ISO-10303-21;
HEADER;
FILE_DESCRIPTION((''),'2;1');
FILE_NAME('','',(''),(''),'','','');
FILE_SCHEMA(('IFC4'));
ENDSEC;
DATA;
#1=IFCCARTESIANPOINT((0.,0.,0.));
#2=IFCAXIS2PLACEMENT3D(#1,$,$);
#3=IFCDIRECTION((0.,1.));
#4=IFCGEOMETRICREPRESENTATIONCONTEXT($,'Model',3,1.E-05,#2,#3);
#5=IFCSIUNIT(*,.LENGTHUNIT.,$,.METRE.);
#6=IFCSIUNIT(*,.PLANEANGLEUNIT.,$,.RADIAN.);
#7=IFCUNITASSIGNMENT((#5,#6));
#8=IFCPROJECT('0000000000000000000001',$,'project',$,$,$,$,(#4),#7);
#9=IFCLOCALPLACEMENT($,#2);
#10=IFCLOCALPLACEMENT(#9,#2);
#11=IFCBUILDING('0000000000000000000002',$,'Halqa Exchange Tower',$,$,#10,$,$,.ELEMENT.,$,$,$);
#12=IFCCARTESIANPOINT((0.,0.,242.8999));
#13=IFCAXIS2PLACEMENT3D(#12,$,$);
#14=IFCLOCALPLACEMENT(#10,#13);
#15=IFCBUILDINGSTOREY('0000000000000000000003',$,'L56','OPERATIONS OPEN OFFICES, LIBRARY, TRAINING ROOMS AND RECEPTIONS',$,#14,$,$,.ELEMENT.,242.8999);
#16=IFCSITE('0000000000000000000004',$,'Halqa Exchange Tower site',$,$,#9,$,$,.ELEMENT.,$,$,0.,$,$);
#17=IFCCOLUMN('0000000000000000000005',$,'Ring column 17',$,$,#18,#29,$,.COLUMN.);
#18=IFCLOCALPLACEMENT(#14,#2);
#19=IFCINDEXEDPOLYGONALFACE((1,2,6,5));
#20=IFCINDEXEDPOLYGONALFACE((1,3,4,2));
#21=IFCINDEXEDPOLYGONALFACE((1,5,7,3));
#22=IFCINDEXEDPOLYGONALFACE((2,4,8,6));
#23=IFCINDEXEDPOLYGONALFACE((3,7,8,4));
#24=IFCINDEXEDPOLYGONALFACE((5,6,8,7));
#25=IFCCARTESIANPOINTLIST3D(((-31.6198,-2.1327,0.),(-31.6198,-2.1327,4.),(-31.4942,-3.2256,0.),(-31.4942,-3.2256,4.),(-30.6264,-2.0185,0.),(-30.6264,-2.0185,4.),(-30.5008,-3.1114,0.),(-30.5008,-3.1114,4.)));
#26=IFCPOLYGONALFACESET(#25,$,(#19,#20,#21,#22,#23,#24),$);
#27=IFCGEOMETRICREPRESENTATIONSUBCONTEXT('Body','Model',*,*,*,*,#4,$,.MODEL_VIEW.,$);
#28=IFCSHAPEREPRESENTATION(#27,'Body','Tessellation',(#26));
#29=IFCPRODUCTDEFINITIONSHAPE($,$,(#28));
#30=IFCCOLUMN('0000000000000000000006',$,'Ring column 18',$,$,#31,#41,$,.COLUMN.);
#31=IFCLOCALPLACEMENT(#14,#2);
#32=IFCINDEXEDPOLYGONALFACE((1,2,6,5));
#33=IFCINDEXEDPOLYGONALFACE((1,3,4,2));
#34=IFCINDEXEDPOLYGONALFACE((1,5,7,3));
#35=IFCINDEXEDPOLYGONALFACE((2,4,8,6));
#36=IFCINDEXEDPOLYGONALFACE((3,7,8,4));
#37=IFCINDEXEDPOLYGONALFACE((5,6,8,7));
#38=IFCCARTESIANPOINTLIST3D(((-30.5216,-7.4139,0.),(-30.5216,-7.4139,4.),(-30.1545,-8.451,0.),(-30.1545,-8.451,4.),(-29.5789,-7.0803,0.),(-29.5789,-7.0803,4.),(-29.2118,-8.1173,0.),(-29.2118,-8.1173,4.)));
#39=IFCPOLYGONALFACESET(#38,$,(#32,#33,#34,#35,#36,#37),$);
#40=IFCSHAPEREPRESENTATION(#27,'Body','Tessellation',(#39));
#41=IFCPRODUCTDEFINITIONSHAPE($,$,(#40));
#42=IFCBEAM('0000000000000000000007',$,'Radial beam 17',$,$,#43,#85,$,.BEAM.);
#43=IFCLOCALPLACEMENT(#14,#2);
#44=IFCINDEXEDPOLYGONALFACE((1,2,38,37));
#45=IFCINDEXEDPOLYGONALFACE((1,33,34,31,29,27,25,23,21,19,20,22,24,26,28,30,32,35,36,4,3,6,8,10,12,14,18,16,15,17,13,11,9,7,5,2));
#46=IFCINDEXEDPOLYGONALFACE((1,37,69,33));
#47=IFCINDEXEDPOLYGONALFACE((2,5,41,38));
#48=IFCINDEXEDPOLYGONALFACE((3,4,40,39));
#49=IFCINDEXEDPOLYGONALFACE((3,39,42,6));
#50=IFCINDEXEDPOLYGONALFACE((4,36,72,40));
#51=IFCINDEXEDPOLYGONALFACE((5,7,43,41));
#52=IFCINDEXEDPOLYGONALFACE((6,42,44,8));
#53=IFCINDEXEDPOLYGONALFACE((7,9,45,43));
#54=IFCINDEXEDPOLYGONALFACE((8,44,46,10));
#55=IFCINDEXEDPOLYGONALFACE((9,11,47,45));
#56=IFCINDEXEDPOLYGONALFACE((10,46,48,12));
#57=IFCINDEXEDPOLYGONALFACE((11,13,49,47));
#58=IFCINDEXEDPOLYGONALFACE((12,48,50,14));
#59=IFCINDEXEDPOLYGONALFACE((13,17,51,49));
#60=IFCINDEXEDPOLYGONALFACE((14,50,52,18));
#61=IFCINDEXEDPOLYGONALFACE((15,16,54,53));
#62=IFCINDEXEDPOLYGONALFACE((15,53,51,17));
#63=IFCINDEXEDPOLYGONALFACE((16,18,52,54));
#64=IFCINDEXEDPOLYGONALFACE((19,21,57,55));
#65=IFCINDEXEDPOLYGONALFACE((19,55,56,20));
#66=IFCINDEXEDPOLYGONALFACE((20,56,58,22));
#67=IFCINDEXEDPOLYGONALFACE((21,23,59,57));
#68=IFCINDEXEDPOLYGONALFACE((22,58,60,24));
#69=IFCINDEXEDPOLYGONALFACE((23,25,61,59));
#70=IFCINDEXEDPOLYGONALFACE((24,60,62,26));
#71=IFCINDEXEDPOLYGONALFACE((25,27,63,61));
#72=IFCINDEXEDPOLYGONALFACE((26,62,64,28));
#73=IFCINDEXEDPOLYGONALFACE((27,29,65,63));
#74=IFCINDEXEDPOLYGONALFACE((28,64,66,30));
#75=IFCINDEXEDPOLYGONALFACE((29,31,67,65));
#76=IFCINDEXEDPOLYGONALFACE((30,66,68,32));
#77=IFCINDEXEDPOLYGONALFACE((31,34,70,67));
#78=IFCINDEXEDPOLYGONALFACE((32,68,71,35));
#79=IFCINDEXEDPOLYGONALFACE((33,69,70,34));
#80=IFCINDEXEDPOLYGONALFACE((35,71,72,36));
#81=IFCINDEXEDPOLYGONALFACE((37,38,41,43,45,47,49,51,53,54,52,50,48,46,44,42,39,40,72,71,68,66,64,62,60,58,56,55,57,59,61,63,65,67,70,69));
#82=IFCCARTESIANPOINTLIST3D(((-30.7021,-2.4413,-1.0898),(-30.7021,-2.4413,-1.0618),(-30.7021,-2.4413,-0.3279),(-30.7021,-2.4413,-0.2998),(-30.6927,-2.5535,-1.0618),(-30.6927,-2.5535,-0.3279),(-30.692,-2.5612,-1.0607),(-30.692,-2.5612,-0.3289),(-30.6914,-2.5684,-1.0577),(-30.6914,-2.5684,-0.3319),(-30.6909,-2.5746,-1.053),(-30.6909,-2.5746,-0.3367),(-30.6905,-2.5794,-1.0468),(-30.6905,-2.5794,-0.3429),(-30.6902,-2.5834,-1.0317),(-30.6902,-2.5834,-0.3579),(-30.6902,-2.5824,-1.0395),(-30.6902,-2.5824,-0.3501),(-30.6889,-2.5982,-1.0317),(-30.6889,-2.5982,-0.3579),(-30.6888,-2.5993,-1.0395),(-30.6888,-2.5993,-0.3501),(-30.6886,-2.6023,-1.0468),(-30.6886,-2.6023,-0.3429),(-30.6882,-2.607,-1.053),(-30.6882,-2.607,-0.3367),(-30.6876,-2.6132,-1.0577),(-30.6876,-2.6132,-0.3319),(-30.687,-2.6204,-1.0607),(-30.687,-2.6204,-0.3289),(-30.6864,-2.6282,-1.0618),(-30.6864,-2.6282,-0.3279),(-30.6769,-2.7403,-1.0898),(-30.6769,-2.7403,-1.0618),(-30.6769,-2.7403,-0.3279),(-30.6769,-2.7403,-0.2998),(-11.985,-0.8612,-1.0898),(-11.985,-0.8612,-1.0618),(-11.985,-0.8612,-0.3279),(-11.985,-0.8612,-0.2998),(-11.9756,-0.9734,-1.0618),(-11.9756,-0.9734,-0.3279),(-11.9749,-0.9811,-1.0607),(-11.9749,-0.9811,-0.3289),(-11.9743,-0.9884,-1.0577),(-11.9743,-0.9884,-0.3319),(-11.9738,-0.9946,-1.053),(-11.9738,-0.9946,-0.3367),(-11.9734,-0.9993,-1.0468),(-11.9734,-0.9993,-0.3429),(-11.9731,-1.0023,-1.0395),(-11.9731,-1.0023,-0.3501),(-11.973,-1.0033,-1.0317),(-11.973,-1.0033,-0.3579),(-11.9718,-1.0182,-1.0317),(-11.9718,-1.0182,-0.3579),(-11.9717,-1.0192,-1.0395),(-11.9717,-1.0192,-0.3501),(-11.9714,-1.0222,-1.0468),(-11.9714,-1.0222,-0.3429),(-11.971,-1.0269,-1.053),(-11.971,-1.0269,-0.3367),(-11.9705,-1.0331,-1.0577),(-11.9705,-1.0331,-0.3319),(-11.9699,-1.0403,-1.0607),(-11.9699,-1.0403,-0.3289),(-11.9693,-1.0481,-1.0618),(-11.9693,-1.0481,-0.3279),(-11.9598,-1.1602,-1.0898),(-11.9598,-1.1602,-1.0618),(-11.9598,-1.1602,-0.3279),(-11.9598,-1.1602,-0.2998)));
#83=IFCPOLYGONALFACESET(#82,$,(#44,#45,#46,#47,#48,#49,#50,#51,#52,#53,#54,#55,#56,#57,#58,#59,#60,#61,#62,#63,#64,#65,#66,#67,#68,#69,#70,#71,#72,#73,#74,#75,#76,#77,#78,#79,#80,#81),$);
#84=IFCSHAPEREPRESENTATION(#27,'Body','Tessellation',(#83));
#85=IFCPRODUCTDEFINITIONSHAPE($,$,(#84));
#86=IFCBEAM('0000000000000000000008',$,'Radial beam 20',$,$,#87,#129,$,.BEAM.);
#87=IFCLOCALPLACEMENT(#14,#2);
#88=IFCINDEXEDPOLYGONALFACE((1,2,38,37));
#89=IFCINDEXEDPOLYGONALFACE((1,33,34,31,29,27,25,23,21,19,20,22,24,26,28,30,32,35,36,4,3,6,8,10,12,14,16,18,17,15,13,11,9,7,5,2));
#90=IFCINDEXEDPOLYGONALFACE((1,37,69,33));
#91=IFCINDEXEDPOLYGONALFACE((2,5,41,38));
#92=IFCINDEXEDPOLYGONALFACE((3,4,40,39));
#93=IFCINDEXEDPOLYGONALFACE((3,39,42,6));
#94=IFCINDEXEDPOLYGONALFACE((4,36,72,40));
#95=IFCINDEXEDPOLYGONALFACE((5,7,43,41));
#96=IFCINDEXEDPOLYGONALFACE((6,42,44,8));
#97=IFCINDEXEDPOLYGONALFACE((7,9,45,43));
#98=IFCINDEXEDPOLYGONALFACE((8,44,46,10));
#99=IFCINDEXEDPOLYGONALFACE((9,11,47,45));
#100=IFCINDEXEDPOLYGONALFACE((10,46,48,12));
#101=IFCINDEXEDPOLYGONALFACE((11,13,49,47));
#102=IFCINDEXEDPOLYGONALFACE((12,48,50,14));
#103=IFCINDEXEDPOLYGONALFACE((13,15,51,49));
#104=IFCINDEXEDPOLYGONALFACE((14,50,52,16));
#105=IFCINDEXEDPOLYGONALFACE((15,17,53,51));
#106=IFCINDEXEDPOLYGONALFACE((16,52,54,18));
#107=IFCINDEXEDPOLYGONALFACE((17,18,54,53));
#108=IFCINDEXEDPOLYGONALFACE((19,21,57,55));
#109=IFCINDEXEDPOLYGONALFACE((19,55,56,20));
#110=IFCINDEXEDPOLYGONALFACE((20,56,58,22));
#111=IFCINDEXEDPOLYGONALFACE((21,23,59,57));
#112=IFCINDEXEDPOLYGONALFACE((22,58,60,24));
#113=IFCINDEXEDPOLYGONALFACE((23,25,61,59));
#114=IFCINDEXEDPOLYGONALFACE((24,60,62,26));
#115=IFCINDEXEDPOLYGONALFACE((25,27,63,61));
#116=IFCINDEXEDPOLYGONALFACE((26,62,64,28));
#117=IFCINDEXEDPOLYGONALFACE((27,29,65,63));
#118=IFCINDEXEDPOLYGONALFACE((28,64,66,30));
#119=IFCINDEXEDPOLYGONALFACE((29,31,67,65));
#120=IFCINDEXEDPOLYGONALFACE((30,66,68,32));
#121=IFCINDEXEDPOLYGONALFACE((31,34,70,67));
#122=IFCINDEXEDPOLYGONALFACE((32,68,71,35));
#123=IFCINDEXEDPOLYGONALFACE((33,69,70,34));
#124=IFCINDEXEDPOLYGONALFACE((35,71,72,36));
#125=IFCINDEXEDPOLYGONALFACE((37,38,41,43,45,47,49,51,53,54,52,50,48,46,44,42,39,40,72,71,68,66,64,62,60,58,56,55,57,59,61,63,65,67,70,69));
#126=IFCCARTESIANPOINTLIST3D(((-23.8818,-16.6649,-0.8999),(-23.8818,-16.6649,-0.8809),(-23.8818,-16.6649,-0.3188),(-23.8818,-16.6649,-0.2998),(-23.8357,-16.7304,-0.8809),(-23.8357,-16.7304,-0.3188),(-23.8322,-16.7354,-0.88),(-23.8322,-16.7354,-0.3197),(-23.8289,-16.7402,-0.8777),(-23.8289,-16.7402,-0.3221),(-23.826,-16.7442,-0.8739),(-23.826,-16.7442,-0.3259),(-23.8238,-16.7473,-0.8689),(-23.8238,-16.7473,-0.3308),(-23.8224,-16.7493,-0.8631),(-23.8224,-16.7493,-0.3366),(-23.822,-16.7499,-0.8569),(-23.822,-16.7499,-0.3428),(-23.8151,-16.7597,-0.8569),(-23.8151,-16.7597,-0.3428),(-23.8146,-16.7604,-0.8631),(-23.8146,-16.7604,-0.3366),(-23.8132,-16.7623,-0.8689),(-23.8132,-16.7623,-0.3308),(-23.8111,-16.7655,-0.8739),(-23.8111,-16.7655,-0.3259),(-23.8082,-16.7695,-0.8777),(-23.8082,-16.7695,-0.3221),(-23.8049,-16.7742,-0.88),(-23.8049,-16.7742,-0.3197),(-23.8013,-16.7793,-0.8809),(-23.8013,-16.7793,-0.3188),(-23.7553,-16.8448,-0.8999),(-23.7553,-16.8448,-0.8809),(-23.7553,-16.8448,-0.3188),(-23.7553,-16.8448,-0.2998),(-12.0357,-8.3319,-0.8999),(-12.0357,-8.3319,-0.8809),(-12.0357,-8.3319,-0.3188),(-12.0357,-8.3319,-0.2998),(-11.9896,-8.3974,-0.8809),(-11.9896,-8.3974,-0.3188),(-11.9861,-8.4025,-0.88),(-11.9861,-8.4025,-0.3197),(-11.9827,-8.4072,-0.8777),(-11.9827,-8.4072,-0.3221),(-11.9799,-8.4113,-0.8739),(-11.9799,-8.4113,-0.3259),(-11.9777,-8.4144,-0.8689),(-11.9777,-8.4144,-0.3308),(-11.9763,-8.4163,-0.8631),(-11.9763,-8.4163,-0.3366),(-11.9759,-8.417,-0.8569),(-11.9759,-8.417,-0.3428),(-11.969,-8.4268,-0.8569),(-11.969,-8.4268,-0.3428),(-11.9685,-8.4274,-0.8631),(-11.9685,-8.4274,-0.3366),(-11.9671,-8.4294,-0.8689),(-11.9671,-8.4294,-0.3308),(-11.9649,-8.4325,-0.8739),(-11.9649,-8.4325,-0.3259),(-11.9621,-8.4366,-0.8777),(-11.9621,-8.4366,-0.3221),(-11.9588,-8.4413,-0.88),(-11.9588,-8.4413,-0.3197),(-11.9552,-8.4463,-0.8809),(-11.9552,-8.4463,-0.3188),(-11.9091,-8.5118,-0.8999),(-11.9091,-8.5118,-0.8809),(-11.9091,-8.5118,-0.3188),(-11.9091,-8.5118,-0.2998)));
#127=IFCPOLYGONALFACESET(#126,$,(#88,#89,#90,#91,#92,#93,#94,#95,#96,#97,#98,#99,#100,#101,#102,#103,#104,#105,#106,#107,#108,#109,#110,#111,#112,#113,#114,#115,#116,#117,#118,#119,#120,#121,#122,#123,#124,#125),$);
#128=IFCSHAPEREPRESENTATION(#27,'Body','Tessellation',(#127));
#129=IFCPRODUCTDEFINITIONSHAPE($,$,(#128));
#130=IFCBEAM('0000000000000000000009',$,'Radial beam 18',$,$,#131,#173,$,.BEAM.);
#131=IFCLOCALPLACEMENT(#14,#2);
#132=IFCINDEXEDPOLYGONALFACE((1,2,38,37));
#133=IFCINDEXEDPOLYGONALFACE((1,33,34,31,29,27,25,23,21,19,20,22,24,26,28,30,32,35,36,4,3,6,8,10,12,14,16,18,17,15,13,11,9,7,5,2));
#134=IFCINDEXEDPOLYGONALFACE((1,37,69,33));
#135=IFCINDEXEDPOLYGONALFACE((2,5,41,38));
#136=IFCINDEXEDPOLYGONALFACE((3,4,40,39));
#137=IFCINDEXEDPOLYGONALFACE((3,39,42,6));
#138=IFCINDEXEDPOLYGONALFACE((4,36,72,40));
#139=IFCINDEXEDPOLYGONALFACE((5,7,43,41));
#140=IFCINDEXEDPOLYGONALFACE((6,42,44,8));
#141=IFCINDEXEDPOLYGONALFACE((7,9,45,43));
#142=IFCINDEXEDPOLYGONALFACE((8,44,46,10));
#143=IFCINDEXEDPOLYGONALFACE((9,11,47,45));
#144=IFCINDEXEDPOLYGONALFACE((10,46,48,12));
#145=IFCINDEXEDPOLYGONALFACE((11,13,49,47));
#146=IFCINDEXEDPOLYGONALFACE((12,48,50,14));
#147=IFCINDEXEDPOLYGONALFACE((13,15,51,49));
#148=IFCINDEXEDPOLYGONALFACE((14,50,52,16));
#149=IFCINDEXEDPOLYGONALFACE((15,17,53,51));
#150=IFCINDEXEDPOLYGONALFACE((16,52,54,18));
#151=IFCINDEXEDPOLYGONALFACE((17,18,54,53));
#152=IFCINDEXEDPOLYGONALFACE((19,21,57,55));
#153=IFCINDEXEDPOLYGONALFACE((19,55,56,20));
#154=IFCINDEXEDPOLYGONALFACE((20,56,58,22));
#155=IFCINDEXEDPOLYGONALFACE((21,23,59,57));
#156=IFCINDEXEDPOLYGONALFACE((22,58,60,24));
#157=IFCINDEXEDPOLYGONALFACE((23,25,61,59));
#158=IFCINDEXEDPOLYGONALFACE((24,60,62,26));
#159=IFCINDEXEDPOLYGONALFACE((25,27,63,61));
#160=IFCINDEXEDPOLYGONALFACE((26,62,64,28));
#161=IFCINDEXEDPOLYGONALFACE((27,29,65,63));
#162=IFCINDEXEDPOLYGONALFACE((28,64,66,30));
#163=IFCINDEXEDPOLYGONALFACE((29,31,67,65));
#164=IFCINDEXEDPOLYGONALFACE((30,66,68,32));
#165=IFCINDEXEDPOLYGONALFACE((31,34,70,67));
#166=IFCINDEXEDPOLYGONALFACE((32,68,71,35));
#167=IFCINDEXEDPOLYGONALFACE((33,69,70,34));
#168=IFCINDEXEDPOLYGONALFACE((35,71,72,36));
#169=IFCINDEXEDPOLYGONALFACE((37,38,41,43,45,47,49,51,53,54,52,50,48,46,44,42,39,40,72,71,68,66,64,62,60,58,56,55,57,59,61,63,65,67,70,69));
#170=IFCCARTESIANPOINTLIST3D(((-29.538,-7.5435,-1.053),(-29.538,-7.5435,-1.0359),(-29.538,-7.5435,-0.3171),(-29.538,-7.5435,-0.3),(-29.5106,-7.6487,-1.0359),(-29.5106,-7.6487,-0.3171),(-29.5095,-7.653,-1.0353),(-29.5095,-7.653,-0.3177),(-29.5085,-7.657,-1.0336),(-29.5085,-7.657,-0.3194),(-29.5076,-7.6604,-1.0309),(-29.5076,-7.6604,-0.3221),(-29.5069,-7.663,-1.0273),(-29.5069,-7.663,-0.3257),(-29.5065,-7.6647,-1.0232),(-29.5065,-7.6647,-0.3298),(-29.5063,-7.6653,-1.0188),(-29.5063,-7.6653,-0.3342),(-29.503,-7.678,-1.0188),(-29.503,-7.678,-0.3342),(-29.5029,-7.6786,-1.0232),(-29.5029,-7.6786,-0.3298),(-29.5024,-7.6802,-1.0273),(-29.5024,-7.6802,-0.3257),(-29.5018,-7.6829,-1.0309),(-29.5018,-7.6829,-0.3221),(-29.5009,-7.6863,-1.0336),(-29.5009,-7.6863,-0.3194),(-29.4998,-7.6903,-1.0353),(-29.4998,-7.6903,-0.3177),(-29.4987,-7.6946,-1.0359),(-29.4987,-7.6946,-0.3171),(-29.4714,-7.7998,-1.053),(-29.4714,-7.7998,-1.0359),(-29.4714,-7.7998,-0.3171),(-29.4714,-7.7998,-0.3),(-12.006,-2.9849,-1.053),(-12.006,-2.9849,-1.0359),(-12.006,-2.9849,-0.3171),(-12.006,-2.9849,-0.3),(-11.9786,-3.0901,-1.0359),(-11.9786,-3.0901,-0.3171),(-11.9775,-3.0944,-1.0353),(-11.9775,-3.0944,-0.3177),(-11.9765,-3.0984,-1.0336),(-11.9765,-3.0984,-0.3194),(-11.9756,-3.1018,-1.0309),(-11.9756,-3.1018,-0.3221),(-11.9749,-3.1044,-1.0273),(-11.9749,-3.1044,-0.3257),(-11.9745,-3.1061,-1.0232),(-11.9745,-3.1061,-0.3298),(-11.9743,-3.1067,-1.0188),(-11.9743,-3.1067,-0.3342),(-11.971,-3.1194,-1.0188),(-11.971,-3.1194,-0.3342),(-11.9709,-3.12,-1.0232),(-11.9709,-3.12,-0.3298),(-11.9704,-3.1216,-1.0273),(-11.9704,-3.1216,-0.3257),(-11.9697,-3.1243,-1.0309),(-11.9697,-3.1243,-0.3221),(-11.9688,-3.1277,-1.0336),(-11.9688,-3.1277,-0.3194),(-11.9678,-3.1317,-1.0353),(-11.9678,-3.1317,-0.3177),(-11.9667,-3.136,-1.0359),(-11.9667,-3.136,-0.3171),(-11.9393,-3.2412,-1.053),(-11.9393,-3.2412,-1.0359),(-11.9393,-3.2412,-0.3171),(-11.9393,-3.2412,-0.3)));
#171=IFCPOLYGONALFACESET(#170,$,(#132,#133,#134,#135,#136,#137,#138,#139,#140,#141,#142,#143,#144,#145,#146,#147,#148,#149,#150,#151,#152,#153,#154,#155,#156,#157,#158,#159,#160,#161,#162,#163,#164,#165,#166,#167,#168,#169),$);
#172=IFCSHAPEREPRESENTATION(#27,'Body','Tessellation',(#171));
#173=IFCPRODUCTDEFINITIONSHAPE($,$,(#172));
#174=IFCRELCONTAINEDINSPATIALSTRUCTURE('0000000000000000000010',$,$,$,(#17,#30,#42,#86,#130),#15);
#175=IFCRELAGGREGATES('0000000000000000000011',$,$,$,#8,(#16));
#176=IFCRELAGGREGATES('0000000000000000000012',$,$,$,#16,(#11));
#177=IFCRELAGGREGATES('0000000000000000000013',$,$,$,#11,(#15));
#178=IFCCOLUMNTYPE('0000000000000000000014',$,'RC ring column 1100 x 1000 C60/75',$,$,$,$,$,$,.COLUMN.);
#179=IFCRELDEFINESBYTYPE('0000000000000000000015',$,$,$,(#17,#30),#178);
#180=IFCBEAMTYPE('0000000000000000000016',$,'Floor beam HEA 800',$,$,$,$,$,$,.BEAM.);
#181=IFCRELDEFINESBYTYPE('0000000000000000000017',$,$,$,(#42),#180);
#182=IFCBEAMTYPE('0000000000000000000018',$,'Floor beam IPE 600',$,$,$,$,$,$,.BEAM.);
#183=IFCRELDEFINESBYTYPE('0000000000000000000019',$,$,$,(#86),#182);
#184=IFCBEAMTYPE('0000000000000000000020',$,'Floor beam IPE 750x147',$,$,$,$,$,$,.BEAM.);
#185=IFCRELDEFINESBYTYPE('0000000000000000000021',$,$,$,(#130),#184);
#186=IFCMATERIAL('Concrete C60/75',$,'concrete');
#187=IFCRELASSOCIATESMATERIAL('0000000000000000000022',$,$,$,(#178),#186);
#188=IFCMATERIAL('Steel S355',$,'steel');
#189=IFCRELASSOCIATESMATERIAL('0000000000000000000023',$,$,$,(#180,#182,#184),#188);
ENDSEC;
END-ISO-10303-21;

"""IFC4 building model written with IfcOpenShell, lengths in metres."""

from ifc_helpers import new_model, si_unit, direction, frame, origin, origin_2d, place, context, subcontext, project, spatial, rectangle, i_section, extrude, material, material_profile, profile_set, type_object, element, save


model = new_model("IFC4")

# Units and contexts
model_context = context("Model", 3, precision=1e-05, world=origin(), true_north=direction((0.0, 1.0)))
body_context = subcontext(model_context, "Body", "Model", "MODEL_VIEW")
ifc_project = project(units=[si_unit("LENGTHUNIT", "METRE"), si_unit("PLANEANGLEUNIT", "RADIAN")], contexts=[model_context])

# Site, building, storey
site_placement = place(None, origin())
site = spatial("IfcSite", under=ifc_project, at=site_placement, Name="Halqa Exchange Tower site", CompositionType="ELEMENT", RefElevation=0.0)
building_placement = place(site_placement, origin())
building = spatial("IfcBuilding", under=site, at=building_placement, Name="Halqa Exchange Tower", CompositionType="ELEMENT")
storey_placement = place(building_placement, frame((0.0, 0.0, 242.8999)))
storey = spatial("IfcBuildingStorey", under=building, at=storey_placement, Name="L56", Description="OPERATIONS OPEN OFFICES, LIBRARY, TRAINING ROOMS AND RECEPTIONS", CompositionType="ELEMENT", Elevation=242.8999)

# Columns
ifc_material_1 = material(Name="Concrete C60/75", Category="concrete")
ifc_material_profile_1 = material_profile(ifc_material_1, rectangle(XDim=1.1001, YDim=1.0, at=origin_2d()), Name="1100 x 1000")
ifc_profile_set_1 = profile_set([ifc_material_profile_1], Name="Concrete C60/75")
column_type = type_object("IfcColumnType", Name="RC ring column 1100 x 1000 C60/75", PredefinedType="COLUMN", material=ifc_profile_set_1)
for number, where, z_axis, x_axis, name in (
    (1, (-31.0603, -2.6221, 0.0), (0.0, 0.0, 1.0), (0.114153, -0.993463, 0.0), "Ring column 17"),
    (2, (-29.8667, -7.7656, 0.0), (0.0, 0.0, 1.0), (0.333624, -0.942706, 0.0), "Ring column 18"),
):
    element("IfcColumn", number, at=place(storey_placement, frame(where, z_axis=z_axis, x_axis=x_axis)), inside=storey, type_object=column_type, Name=name, PredefinedType="COLUMN", context=body_context, shape_type="SweptSolid", body=[
        extrude(rectangle(XDim=1.1001, YDim=1.0, at=origin_2d()), origin(), (0.0, 0.0, 1.0), 4.0),
    ])

# Beams
ifc_material_2 = material(Name="Steel S355", Category="steel")
ifc_material_profile_2 = material_profile(ifc_material_2, i_section(OverallWidth=0.3, OverallDepth=0.79, WebThickness=0.0149, FlangeThickness=0.0281, FilletRadius=0.03, at=origin_2d()), Name="HEA 800")
ifc_profile_set_2 = profile_set([ifc_material_profile_2], Name="Steel S355")
beam_type_1 = type_object("IfcBeamType", Name="Floor beam HEA 800", PredefinedType="BEAM", material=ifc_profile_set_2)
beam_1_placement = place(storey_placement, frame((-11.9724, -1.0107, -0.6948), z_axis=(-0.996456, -0.08412, 0.0), x_axis=(0.08412, -0.996456, 0.0)))
element("IfcBeam", 3, at=beam_1_placement, inside=storey, type_object=beam_type_1, Name="Radial beam 17", PredefinedType="BEAM", context=body_context, shape_type="SweptSolid", body=[
    extrude(i_section(OverallWidth=0.3, OverallDepth=0.79, WebThickness=0.0149, FlangeThickness=0.0281, FilletRadius=0.03, at=origin_2d()), origin(), (0.0, 0.0, 1.0), 18.7837),
])
ifc_material_profile_3 = material_profile(ifc_material_2, i_section(OverallWidth=0.22, OverallDepth=0.6001, WebThickness=0.012, FlangeThickness=0.019, FilletRadius=0.0239, at=origin_2d()), Name="IPE 600")
ifc_profile_set_3 = profile_set([ifc_material_profile_3], Name="Steel S355")
beam_type_2 = type_object("IfcBeamType", Name="Floor beam IPE 600", PredefinedType="BEAM", material=ifc_profile_set_3)
beam_2_placement = place(storey_placement, frame((-11.9724, -8.4219, -0.5999), z_axis=(-0.81791, -0.575346, 0.0), x_axis=(0.575346, -0.81791, 0.0)))
element("IfcBeam", 4, at=beam_2_placement, inside=storey, type_object=beam_type_2, Name="Radial beam 20", PredefinedType="BEAM", context=body_context, shape_type="SweptSolid", body=[
    extrude(i_section(OverallWidth=0.22, OverallDepth=0.6001, WebThickness=0.012, FlangeThickness=0.019, FilletRadius=0.0239, at=origin_2d()), origin(), (0.0, 0.0, 1.0), 14.4834),
])
ifc_material_profile_4 = material_profile(ifc_material_2, i_section(OverallWidth=0.2649, OverallDepth=0.7529, WebThickness=0.0132, FlangeThickness=0.0171, FilletRadius=0.0171, at=origin_2d()), Name="IPE 750x147")
ifc_profile_set_4 = profile_set([ifc_material_profile_4], Name="Steel S355")
beam_type_3 = type_object("IfcBeamType", Name="Floor beam IPE 750x147", PredefinedType="BEAM", material=ifc_profile_set_4)
beam_3_placement = place(storey_placement, frame((-11.9727, -3.113, -0.6765), z_axis=(-0.967819, -0.251648, 0.0), x_axis=(0.251648, -0.967819, 0.0)))
element("IfcBeam", 5, at=beam_3_placement, inside=storey, type_object=beam_type_3, Name="Radial beam 18", PredefinedType="BEAM", context=body_context, shape_type="SweptSolid", body=[
    extrude(i_section(OverallWidth=0.2649, OverallDepth=0.7529, WebThickness=0.0132, FlangeThickness=0.0171, FilletRadius=0.0171, at=origin_2d()), origin(), (0.0, 0.0, 1.0), 18.115),
])

save(model, "model.ifc")
